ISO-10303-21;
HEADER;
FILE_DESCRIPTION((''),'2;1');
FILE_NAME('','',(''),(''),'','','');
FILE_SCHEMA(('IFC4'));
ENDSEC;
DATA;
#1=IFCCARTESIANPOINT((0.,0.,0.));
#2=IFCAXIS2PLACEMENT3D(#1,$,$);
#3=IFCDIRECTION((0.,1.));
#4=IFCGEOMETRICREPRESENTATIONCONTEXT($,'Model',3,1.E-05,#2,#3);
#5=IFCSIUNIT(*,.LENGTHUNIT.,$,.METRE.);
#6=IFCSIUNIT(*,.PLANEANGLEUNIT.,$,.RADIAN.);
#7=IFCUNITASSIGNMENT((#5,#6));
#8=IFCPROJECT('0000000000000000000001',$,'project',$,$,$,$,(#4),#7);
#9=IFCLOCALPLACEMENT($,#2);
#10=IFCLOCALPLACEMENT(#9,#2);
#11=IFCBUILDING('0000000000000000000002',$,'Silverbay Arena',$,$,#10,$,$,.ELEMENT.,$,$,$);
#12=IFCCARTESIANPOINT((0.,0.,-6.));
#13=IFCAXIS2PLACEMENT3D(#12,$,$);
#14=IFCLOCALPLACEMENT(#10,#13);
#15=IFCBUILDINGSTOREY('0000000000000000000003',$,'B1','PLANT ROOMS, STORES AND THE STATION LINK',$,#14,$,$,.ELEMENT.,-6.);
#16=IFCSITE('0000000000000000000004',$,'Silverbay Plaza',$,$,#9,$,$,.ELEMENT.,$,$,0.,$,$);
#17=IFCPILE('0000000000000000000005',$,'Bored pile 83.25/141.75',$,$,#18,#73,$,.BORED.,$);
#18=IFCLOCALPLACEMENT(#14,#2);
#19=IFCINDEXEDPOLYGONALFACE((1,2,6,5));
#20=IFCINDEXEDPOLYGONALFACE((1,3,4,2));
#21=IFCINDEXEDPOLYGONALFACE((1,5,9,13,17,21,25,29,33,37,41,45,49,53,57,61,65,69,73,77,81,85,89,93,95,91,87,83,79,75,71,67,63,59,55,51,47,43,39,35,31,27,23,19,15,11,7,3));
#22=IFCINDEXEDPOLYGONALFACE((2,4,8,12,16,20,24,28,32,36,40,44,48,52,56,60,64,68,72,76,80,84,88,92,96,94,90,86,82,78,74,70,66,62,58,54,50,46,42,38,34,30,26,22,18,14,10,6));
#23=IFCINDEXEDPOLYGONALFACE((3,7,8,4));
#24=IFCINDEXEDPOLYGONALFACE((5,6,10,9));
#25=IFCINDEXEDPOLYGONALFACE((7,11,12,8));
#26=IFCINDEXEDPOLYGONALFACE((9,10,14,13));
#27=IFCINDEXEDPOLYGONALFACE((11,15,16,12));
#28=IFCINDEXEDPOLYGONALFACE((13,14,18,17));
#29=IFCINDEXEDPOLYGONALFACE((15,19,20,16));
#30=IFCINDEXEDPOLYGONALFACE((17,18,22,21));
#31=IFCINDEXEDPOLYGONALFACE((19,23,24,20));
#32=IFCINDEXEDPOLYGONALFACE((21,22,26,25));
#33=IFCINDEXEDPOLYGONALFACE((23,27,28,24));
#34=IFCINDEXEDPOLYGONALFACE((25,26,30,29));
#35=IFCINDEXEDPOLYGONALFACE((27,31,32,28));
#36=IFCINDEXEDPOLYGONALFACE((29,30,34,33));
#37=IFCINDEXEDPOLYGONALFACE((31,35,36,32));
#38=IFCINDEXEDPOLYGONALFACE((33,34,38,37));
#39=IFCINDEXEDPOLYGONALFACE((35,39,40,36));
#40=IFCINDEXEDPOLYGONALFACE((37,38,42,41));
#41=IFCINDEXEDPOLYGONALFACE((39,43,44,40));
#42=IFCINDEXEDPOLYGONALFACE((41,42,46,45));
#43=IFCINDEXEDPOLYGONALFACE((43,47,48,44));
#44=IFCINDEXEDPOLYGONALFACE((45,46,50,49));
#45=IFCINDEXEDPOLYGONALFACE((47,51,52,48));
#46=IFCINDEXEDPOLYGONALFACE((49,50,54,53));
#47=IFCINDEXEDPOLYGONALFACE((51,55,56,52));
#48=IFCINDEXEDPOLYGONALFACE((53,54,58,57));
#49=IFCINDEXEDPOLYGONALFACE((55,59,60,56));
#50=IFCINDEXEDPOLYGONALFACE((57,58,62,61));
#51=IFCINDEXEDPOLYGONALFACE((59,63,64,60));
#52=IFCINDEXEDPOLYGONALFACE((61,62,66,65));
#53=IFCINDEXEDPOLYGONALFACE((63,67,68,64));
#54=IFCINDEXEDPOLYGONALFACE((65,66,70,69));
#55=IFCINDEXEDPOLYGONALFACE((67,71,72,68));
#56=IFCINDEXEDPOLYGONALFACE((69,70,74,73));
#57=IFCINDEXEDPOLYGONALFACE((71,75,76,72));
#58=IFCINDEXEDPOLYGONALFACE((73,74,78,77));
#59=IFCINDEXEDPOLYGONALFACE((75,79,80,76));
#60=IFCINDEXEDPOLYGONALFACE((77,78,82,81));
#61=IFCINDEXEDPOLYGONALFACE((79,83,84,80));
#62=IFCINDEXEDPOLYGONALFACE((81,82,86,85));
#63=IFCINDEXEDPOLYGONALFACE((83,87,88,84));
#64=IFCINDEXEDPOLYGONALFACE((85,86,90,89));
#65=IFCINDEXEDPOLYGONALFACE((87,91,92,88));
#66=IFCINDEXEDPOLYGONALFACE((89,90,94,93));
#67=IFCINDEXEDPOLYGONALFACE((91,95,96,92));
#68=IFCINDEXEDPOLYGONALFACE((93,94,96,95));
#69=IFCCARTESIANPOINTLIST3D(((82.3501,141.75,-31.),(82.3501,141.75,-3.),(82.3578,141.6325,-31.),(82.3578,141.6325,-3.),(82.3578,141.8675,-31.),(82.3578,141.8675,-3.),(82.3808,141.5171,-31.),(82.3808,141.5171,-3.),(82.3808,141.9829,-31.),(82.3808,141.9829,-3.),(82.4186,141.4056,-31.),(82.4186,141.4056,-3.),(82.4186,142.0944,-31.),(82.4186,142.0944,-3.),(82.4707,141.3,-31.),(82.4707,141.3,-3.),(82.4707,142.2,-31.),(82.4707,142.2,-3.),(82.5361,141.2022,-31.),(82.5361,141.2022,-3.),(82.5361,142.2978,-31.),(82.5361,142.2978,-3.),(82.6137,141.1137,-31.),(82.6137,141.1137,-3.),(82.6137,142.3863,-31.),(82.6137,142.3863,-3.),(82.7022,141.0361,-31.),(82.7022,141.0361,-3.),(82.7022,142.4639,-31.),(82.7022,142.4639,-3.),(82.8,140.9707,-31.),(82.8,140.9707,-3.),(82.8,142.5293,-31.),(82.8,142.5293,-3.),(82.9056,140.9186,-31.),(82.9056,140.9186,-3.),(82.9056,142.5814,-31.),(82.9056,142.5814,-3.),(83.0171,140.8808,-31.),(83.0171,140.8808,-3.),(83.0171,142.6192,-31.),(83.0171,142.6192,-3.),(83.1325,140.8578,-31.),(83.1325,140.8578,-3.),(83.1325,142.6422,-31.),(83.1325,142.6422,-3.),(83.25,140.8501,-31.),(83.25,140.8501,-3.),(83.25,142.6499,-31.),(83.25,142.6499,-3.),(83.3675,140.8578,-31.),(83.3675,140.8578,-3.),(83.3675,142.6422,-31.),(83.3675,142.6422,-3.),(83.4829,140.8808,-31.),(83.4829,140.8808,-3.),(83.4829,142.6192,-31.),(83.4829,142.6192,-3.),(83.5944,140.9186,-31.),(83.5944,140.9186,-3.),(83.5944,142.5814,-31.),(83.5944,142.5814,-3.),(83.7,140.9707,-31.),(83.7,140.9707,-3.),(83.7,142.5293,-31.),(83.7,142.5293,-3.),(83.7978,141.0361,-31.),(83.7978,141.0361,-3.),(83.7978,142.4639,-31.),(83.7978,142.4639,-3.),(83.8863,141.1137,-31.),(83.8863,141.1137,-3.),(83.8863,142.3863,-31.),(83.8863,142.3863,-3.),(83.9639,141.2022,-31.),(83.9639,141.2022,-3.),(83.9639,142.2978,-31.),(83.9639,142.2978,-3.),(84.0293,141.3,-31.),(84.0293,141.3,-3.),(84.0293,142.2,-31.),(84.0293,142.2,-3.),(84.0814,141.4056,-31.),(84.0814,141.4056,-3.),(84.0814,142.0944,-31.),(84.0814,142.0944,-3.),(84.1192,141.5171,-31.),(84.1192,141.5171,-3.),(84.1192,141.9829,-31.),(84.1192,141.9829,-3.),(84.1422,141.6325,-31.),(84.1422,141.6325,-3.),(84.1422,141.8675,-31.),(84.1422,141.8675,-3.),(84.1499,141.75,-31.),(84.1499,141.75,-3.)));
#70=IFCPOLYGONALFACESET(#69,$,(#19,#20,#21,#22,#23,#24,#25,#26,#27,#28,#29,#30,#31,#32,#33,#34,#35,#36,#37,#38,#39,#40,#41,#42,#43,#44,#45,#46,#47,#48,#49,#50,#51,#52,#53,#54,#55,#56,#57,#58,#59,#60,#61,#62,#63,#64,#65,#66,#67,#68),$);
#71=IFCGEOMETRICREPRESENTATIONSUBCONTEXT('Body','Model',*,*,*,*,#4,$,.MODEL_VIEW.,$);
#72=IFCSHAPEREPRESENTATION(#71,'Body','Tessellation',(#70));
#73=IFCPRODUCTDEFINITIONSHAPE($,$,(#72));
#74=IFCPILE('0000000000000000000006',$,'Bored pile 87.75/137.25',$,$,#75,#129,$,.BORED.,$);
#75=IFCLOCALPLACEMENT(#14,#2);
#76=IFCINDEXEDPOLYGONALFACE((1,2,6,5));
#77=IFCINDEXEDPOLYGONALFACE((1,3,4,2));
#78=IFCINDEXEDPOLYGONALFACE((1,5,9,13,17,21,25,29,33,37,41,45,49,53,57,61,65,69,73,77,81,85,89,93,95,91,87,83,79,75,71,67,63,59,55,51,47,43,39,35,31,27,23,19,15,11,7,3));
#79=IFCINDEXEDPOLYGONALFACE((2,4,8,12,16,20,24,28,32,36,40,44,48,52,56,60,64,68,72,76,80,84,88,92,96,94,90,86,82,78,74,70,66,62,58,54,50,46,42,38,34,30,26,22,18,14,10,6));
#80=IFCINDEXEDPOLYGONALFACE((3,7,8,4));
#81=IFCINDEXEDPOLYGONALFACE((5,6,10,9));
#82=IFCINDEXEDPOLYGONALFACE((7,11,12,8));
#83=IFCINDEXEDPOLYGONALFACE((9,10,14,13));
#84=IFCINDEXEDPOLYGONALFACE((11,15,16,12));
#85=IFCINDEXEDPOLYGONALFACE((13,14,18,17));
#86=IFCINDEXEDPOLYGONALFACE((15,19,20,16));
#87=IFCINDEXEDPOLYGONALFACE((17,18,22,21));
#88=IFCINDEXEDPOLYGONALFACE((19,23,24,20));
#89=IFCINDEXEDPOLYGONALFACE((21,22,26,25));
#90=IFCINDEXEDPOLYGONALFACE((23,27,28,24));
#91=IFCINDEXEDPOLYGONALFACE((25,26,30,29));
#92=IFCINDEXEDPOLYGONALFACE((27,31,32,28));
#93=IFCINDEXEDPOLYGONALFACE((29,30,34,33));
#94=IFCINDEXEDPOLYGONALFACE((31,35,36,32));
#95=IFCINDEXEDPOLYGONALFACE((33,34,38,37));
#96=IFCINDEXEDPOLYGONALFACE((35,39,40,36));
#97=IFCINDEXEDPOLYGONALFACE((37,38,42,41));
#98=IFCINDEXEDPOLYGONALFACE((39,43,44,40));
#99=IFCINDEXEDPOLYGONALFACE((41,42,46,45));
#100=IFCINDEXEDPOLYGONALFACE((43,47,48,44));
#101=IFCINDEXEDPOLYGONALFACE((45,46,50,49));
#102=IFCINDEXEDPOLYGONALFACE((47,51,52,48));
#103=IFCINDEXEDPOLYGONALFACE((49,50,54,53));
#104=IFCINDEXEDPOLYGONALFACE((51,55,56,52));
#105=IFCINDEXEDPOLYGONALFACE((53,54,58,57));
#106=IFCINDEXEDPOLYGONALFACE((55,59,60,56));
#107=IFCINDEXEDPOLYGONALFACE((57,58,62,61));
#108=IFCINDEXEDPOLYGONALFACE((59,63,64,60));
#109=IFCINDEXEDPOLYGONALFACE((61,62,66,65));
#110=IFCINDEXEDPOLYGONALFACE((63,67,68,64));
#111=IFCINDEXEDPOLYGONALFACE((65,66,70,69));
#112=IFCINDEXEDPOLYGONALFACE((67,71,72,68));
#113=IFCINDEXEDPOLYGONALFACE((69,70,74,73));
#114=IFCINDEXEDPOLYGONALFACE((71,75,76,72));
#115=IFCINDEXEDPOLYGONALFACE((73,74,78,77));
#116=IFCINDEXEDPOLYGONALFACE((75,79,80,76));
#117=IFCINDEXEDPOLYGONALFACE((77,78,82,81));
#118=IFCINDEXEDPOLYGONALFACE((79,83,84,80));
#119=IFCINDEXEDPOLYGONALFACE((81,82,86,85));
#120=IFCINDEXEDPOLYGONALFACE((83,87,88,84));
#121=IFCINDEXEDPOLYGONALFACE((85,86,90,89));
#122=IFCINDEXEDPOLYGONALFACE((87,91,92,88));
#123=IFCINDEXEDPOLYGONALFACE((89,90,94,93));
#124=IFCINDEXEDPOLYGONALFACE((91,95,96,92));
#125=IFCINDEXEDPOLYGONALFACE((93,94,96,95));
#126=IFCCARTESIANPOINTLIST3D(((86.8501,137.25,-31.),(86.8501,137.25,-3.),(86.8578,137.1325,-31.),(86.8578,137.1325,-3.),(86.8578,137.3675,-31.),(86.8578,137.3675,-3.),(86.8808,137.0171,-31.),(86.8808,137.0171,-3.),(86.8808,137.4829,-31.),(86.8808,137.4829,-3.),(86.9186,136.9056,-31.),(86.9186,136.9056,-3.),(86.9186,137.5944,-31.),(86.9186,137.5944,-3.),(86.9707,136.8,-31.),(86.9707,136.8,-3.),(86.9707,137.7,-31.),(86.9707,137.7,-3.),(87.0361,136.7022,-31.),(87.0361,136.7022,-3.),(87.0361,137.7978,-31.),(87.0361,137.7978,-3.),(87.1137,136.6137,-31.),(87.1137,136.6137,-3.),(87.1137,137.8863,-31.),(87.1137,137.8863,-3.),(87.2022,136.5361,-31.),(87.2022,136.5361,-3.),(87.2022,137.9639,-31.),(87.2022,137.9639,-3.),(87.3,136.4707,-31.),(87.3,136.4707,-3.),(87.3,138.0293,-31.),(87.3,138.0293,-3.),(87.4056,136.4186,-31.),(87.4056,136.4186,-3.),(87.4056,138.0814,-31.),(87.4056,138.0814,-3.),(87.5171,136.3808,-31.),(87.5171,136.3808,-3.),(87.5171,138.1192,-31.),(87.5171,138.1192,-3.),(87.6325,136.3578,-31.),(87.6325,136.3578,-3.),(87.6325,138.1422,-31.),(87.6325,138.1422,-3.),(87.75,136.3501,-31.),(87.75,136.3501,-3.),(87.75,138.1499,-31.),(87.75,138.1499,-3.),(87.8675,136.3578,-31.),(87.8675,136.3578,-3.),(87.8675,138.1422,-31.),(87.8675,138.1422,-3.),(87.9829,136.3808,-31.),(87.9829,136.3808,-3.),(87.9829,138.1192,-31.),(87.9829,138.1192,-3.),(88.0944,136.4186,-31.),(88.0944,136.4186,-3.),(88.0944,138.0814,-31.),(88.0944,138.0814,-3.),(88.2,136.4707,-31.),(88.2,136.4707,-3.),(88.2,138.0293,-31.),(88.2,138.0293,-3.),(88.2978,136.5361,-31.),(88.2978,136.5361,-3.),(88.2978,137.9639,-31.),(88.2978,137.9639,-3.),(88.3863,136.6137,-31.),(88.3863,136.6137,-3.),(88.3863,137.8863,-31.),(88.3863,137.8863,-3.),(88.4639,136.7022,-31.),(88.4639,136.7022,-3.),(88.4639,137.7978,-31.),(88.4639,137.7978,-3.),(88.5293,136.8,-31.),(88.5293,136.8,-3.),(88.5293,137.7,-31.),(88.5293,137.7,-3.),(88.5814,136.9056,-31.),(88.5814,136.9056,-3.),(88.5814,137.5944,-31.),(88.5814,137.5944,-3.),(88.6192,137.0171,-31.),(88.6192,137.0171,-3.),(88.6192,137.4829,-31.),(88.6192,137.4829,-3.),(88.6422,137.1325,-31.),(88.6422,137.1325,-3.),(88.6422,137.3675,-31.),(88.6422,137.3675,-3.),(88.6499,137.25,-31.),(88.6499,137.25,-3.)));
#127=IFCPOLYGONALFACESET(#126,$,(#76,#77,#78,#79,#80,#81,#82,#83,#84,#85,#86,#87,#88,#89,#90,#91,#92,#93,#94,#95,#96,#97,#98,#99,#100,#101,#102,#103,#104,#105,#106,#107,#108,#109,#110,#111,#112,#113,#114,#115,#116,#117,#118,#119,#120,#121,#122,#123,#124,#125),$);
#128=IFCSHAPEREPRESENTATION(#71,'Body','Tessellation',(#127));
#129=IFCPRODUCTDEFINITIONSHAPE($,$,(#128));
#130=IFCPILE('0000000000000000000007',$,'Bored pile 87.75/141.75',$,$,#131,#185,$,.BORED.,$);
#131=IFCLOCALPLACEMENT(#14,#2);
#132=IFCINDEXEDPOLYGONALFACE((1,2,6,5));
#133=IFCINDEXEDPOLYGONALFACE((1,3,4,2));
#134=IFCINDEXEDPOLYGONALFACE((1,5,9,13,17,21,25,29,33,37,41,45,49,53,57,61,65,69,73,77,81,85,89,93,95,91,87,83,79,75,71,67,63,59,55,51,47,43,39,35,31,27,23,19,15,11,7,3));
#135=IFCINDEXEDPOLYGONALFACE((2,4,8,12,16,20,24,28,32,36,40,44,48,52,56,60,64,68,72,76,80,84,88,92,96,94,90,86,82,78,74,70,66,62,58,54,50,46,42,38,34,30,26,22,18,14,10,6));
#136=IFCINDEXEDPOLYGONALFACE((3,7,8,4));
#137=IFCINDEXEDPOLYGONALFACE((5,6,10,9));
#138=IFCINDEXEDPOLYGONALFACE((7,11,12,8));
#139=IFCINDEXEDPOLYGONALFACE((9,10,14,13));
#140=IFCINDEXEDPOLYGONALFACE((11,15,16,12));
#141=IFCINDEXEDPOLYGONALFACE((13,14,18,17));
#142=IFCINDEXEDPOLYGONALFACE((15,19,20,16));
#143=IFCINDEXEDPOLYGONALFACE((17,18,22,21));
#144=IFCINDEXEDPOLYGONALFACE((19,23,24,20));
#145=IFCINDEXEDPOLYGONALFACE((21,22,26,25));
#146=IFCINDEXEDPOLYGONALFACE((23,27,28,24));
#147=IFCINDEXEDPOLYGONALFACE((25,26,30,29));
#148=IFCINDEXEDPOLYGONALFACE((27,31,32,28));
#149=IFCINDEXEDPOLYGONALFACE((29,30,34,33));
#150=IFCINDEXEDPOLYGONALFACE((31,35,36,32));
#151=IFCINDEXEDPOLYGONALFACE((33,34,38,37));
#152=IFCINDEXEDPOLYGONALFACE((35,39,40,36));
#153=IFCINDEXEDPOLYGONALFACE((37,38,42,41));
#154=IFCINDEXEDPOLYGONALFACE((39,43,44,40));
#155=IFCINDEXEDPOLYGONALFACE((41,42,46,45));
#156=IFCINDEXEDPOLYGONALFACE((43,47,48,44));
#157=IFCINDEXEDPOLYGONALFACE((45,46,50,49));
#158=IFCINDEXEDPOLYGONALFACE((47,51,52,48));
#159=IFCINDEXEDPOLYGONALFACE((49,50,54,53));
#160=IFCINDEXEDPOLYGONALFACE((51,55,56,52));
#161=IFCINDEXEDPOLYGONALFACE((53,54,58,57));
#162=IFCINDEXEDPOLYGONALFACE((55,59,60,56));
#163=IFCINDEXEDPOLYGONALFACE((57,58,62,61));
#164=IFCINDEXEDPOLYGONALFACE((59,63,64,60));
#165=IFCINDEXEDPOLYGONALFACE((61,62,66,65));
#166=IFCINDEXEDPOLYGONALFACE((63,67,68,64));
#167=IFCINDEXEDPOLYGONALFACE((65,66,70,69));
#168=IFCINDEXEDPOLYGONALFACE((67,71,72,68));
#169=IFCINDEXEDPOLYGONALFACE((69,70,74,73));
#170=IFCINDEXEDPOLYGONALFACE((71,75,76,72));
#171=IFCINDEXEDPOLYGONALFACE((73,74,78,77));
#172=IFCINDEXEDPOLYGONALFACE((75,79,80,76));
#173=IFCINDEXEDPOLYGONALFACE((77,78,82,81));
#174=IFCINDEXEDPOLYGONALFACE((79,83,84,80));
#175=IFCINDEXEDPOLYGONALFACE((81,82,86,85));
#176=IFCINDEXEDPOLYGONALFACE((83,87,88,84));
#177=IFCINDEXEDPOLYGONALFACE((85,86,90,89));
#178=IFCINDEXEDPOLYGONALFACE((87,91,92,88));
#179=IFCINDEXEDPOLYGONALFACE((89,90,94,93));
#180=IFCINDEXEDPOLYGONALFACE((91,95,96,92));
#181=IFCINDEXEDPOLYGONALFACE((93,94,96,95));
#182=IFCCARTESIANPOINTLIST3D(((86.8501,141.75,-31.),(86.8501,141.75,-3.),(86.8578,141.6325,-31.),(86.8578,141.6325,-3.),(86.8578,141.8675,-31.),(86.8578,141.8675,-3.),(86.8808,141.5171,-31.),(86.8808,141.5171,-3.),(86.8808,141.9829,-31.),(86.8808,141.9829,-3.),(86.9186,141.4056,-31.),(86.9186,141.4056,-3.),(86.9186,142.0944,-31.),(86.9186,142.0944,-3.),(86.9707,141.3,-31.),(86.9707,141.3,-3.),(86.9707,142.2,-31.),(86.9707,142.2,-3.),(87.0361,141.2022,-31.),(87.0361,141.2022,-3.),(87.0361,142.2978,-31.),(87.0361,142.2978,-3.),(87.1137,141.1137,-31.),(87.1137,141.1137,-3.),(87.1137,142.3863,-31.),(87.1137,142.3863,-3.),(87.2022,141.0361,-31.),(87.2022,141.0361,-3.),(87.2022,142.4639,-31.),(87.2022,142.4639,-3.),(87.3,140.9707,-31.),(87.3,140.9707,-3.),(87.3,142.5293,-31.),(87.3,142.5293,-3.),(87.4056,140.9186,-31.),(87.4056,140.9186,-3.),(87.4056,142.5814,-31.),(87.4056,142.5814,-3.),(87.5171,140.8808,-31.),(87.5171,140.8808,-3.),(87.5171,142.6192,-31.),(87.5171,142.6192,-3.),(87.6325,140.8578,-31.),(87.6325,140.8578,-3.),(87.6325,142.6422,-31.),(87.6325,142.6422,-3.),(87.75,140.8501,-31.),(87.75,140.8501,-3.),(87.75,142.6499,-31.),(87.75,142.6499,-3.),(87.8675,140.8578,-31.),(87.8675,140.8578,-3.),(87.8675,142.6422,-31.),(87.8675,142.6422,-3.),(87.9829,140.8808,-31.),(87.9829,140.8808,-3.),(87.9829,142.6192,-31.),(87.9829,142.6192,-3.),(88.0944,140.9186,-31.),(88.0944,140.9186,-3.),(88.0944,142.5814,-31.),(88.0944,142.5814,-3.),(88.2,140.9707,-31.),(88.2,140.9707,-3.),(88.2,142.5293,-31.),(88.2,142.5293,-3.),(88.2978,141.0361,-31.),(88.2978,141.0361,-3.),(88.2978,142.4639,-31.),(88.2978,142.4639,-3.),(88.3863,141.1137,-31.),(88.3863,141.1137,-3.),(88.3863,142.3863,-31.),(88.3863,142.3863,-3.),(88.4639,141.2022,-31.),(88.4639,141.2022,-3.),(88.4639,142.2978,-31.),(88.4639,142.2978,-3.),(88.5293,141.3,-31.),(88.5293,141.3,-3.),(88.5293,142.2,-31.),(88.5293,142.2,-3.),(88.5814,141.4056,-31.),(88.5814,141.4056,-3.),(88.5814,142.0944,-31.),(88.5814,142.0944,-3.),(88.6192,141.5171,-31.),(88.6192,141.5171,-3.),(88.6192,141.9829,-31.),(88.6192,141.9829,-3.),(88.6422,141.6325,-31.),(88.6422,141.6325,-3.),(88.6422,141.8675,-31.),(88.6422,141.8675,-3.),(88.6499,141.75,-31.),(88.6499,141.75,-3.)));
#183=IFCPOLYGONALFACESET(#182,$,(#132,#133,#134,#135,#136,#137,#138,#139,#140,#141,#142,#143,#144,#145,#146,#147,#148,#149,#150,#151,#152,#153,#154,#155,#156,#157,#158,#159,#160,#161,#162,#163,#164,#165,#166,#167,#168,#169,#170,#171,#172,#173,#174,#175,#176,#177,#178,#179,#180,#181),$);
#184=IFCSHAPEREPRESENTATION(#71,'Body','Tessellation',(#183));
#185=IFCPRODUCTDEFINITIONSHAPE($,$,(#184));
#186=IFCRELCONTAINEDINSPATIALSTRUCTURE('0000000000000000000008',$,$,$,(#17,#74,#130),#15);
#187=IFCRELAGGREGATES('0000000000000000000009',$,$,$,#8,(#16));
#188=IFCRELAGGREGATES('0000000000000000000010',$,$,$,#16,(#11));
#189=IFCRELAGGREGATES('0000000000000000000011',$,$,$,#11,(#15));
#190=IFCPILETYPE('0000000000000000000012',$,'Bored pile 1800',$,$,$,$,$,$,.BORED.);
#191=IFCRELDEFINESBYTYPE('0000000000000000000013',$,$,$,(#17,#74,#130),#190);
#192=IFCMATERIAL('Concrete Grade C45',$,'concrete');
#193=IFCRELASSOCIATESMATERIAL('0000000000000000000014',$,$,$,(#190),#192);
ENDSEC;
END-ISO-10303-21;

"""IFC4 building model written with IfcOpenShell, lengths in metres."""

from ifc_helpers import new_model, si_unit, direction, frame, origin, origin_2d, place, context, subcontext, project, spatial, circle, extrude, material, material_profile, profile_set, type_object, element, save


model = new_model("IFC4")

# Units and contexts
model_context = context("Model", 3, precision=1e-05, world=origin(), true_north=direction((0.0, 1.0)))
body_context = subcontext(model_context, "Body", "Model", "MODEL_VIEW")
ifc_project = project(units=[si_unit("LENGTHUNIT", "METRE"), si_unit("PLANEANGLEUNIT", "RADIAN")], contexts=[model_context])

# Site, building, storey
site_placement = place(None, origin())
site = spatial("IfcSite", under=ifc_project, at=site_placement, Name="Silverbay Plaza", CompositionType="ELEMENT", RefElevation=0.0)
building_placement = place(site_placement, origin())
building = spatial("IfcBuilding", under=site, at=building_placement, Name="Silverbay Arena", CompositionType="ELEMENT")
storey_placement = place(building_placement, frame((0.0, 0.0, -6.0)))
storey = spatial("IfcBuildingStorey", under=building, at=storey_placement, Name="B1", Description="PLANT ROOMS, STORES AND THE STATION LINK", CompositionType="ELEMENT", Elevation=-6.0)

# Piles
ifc_material_1 = material(Name="Concrete Grade C45", Category="concrete")
ifc_material_profile = material_profile(ifc_material_1, circle(Radius=0.8999, at=origin_2d()), Name="Bored pile 1800")
ifc_profile_set = profile_set([ifc_material_profile], Name="Concrete Grade C45")
pile_type = type_object("IfcPileType", Name="Bored pile 1800", PredefinedType="BORED", material=ifc_profile_set)
for number, where, z_axis, x_axis, name in (
    (1, (83.25, 141.75, -3.0), (0.0, 0.0, -1.0), (1.0, 0.0, 0.0), "Bored pile 83.25/141.75"),
    (2, (87.75, 137.25, -3.0), (0.0, 0.0, -1.0), (1.0, 0.0, 0.0), "Bored pile 87.75/137.25"),
    (3, (87.75, 141.75, -3.0), (0.0, 0.0, -1.0), (1.0, 0.0, 0.0), "Bored pile 87.75/141.75"),
):
    element("IfcPile", number, at=place(storey_placement, frame(where, z_axis=z_axis, x_axis=x_axis)), inside=storey, type_object=pile_type, Name=name, PredefinedType="BORED", context=body_context, shape_type="SweptSolid", body=[
        extrude(circle(Radius=0.8999, at=origin_2d()), origin(), (0.0, 0.0, 1.0), 28.0),
    ])

save(model, "model.ifc")
